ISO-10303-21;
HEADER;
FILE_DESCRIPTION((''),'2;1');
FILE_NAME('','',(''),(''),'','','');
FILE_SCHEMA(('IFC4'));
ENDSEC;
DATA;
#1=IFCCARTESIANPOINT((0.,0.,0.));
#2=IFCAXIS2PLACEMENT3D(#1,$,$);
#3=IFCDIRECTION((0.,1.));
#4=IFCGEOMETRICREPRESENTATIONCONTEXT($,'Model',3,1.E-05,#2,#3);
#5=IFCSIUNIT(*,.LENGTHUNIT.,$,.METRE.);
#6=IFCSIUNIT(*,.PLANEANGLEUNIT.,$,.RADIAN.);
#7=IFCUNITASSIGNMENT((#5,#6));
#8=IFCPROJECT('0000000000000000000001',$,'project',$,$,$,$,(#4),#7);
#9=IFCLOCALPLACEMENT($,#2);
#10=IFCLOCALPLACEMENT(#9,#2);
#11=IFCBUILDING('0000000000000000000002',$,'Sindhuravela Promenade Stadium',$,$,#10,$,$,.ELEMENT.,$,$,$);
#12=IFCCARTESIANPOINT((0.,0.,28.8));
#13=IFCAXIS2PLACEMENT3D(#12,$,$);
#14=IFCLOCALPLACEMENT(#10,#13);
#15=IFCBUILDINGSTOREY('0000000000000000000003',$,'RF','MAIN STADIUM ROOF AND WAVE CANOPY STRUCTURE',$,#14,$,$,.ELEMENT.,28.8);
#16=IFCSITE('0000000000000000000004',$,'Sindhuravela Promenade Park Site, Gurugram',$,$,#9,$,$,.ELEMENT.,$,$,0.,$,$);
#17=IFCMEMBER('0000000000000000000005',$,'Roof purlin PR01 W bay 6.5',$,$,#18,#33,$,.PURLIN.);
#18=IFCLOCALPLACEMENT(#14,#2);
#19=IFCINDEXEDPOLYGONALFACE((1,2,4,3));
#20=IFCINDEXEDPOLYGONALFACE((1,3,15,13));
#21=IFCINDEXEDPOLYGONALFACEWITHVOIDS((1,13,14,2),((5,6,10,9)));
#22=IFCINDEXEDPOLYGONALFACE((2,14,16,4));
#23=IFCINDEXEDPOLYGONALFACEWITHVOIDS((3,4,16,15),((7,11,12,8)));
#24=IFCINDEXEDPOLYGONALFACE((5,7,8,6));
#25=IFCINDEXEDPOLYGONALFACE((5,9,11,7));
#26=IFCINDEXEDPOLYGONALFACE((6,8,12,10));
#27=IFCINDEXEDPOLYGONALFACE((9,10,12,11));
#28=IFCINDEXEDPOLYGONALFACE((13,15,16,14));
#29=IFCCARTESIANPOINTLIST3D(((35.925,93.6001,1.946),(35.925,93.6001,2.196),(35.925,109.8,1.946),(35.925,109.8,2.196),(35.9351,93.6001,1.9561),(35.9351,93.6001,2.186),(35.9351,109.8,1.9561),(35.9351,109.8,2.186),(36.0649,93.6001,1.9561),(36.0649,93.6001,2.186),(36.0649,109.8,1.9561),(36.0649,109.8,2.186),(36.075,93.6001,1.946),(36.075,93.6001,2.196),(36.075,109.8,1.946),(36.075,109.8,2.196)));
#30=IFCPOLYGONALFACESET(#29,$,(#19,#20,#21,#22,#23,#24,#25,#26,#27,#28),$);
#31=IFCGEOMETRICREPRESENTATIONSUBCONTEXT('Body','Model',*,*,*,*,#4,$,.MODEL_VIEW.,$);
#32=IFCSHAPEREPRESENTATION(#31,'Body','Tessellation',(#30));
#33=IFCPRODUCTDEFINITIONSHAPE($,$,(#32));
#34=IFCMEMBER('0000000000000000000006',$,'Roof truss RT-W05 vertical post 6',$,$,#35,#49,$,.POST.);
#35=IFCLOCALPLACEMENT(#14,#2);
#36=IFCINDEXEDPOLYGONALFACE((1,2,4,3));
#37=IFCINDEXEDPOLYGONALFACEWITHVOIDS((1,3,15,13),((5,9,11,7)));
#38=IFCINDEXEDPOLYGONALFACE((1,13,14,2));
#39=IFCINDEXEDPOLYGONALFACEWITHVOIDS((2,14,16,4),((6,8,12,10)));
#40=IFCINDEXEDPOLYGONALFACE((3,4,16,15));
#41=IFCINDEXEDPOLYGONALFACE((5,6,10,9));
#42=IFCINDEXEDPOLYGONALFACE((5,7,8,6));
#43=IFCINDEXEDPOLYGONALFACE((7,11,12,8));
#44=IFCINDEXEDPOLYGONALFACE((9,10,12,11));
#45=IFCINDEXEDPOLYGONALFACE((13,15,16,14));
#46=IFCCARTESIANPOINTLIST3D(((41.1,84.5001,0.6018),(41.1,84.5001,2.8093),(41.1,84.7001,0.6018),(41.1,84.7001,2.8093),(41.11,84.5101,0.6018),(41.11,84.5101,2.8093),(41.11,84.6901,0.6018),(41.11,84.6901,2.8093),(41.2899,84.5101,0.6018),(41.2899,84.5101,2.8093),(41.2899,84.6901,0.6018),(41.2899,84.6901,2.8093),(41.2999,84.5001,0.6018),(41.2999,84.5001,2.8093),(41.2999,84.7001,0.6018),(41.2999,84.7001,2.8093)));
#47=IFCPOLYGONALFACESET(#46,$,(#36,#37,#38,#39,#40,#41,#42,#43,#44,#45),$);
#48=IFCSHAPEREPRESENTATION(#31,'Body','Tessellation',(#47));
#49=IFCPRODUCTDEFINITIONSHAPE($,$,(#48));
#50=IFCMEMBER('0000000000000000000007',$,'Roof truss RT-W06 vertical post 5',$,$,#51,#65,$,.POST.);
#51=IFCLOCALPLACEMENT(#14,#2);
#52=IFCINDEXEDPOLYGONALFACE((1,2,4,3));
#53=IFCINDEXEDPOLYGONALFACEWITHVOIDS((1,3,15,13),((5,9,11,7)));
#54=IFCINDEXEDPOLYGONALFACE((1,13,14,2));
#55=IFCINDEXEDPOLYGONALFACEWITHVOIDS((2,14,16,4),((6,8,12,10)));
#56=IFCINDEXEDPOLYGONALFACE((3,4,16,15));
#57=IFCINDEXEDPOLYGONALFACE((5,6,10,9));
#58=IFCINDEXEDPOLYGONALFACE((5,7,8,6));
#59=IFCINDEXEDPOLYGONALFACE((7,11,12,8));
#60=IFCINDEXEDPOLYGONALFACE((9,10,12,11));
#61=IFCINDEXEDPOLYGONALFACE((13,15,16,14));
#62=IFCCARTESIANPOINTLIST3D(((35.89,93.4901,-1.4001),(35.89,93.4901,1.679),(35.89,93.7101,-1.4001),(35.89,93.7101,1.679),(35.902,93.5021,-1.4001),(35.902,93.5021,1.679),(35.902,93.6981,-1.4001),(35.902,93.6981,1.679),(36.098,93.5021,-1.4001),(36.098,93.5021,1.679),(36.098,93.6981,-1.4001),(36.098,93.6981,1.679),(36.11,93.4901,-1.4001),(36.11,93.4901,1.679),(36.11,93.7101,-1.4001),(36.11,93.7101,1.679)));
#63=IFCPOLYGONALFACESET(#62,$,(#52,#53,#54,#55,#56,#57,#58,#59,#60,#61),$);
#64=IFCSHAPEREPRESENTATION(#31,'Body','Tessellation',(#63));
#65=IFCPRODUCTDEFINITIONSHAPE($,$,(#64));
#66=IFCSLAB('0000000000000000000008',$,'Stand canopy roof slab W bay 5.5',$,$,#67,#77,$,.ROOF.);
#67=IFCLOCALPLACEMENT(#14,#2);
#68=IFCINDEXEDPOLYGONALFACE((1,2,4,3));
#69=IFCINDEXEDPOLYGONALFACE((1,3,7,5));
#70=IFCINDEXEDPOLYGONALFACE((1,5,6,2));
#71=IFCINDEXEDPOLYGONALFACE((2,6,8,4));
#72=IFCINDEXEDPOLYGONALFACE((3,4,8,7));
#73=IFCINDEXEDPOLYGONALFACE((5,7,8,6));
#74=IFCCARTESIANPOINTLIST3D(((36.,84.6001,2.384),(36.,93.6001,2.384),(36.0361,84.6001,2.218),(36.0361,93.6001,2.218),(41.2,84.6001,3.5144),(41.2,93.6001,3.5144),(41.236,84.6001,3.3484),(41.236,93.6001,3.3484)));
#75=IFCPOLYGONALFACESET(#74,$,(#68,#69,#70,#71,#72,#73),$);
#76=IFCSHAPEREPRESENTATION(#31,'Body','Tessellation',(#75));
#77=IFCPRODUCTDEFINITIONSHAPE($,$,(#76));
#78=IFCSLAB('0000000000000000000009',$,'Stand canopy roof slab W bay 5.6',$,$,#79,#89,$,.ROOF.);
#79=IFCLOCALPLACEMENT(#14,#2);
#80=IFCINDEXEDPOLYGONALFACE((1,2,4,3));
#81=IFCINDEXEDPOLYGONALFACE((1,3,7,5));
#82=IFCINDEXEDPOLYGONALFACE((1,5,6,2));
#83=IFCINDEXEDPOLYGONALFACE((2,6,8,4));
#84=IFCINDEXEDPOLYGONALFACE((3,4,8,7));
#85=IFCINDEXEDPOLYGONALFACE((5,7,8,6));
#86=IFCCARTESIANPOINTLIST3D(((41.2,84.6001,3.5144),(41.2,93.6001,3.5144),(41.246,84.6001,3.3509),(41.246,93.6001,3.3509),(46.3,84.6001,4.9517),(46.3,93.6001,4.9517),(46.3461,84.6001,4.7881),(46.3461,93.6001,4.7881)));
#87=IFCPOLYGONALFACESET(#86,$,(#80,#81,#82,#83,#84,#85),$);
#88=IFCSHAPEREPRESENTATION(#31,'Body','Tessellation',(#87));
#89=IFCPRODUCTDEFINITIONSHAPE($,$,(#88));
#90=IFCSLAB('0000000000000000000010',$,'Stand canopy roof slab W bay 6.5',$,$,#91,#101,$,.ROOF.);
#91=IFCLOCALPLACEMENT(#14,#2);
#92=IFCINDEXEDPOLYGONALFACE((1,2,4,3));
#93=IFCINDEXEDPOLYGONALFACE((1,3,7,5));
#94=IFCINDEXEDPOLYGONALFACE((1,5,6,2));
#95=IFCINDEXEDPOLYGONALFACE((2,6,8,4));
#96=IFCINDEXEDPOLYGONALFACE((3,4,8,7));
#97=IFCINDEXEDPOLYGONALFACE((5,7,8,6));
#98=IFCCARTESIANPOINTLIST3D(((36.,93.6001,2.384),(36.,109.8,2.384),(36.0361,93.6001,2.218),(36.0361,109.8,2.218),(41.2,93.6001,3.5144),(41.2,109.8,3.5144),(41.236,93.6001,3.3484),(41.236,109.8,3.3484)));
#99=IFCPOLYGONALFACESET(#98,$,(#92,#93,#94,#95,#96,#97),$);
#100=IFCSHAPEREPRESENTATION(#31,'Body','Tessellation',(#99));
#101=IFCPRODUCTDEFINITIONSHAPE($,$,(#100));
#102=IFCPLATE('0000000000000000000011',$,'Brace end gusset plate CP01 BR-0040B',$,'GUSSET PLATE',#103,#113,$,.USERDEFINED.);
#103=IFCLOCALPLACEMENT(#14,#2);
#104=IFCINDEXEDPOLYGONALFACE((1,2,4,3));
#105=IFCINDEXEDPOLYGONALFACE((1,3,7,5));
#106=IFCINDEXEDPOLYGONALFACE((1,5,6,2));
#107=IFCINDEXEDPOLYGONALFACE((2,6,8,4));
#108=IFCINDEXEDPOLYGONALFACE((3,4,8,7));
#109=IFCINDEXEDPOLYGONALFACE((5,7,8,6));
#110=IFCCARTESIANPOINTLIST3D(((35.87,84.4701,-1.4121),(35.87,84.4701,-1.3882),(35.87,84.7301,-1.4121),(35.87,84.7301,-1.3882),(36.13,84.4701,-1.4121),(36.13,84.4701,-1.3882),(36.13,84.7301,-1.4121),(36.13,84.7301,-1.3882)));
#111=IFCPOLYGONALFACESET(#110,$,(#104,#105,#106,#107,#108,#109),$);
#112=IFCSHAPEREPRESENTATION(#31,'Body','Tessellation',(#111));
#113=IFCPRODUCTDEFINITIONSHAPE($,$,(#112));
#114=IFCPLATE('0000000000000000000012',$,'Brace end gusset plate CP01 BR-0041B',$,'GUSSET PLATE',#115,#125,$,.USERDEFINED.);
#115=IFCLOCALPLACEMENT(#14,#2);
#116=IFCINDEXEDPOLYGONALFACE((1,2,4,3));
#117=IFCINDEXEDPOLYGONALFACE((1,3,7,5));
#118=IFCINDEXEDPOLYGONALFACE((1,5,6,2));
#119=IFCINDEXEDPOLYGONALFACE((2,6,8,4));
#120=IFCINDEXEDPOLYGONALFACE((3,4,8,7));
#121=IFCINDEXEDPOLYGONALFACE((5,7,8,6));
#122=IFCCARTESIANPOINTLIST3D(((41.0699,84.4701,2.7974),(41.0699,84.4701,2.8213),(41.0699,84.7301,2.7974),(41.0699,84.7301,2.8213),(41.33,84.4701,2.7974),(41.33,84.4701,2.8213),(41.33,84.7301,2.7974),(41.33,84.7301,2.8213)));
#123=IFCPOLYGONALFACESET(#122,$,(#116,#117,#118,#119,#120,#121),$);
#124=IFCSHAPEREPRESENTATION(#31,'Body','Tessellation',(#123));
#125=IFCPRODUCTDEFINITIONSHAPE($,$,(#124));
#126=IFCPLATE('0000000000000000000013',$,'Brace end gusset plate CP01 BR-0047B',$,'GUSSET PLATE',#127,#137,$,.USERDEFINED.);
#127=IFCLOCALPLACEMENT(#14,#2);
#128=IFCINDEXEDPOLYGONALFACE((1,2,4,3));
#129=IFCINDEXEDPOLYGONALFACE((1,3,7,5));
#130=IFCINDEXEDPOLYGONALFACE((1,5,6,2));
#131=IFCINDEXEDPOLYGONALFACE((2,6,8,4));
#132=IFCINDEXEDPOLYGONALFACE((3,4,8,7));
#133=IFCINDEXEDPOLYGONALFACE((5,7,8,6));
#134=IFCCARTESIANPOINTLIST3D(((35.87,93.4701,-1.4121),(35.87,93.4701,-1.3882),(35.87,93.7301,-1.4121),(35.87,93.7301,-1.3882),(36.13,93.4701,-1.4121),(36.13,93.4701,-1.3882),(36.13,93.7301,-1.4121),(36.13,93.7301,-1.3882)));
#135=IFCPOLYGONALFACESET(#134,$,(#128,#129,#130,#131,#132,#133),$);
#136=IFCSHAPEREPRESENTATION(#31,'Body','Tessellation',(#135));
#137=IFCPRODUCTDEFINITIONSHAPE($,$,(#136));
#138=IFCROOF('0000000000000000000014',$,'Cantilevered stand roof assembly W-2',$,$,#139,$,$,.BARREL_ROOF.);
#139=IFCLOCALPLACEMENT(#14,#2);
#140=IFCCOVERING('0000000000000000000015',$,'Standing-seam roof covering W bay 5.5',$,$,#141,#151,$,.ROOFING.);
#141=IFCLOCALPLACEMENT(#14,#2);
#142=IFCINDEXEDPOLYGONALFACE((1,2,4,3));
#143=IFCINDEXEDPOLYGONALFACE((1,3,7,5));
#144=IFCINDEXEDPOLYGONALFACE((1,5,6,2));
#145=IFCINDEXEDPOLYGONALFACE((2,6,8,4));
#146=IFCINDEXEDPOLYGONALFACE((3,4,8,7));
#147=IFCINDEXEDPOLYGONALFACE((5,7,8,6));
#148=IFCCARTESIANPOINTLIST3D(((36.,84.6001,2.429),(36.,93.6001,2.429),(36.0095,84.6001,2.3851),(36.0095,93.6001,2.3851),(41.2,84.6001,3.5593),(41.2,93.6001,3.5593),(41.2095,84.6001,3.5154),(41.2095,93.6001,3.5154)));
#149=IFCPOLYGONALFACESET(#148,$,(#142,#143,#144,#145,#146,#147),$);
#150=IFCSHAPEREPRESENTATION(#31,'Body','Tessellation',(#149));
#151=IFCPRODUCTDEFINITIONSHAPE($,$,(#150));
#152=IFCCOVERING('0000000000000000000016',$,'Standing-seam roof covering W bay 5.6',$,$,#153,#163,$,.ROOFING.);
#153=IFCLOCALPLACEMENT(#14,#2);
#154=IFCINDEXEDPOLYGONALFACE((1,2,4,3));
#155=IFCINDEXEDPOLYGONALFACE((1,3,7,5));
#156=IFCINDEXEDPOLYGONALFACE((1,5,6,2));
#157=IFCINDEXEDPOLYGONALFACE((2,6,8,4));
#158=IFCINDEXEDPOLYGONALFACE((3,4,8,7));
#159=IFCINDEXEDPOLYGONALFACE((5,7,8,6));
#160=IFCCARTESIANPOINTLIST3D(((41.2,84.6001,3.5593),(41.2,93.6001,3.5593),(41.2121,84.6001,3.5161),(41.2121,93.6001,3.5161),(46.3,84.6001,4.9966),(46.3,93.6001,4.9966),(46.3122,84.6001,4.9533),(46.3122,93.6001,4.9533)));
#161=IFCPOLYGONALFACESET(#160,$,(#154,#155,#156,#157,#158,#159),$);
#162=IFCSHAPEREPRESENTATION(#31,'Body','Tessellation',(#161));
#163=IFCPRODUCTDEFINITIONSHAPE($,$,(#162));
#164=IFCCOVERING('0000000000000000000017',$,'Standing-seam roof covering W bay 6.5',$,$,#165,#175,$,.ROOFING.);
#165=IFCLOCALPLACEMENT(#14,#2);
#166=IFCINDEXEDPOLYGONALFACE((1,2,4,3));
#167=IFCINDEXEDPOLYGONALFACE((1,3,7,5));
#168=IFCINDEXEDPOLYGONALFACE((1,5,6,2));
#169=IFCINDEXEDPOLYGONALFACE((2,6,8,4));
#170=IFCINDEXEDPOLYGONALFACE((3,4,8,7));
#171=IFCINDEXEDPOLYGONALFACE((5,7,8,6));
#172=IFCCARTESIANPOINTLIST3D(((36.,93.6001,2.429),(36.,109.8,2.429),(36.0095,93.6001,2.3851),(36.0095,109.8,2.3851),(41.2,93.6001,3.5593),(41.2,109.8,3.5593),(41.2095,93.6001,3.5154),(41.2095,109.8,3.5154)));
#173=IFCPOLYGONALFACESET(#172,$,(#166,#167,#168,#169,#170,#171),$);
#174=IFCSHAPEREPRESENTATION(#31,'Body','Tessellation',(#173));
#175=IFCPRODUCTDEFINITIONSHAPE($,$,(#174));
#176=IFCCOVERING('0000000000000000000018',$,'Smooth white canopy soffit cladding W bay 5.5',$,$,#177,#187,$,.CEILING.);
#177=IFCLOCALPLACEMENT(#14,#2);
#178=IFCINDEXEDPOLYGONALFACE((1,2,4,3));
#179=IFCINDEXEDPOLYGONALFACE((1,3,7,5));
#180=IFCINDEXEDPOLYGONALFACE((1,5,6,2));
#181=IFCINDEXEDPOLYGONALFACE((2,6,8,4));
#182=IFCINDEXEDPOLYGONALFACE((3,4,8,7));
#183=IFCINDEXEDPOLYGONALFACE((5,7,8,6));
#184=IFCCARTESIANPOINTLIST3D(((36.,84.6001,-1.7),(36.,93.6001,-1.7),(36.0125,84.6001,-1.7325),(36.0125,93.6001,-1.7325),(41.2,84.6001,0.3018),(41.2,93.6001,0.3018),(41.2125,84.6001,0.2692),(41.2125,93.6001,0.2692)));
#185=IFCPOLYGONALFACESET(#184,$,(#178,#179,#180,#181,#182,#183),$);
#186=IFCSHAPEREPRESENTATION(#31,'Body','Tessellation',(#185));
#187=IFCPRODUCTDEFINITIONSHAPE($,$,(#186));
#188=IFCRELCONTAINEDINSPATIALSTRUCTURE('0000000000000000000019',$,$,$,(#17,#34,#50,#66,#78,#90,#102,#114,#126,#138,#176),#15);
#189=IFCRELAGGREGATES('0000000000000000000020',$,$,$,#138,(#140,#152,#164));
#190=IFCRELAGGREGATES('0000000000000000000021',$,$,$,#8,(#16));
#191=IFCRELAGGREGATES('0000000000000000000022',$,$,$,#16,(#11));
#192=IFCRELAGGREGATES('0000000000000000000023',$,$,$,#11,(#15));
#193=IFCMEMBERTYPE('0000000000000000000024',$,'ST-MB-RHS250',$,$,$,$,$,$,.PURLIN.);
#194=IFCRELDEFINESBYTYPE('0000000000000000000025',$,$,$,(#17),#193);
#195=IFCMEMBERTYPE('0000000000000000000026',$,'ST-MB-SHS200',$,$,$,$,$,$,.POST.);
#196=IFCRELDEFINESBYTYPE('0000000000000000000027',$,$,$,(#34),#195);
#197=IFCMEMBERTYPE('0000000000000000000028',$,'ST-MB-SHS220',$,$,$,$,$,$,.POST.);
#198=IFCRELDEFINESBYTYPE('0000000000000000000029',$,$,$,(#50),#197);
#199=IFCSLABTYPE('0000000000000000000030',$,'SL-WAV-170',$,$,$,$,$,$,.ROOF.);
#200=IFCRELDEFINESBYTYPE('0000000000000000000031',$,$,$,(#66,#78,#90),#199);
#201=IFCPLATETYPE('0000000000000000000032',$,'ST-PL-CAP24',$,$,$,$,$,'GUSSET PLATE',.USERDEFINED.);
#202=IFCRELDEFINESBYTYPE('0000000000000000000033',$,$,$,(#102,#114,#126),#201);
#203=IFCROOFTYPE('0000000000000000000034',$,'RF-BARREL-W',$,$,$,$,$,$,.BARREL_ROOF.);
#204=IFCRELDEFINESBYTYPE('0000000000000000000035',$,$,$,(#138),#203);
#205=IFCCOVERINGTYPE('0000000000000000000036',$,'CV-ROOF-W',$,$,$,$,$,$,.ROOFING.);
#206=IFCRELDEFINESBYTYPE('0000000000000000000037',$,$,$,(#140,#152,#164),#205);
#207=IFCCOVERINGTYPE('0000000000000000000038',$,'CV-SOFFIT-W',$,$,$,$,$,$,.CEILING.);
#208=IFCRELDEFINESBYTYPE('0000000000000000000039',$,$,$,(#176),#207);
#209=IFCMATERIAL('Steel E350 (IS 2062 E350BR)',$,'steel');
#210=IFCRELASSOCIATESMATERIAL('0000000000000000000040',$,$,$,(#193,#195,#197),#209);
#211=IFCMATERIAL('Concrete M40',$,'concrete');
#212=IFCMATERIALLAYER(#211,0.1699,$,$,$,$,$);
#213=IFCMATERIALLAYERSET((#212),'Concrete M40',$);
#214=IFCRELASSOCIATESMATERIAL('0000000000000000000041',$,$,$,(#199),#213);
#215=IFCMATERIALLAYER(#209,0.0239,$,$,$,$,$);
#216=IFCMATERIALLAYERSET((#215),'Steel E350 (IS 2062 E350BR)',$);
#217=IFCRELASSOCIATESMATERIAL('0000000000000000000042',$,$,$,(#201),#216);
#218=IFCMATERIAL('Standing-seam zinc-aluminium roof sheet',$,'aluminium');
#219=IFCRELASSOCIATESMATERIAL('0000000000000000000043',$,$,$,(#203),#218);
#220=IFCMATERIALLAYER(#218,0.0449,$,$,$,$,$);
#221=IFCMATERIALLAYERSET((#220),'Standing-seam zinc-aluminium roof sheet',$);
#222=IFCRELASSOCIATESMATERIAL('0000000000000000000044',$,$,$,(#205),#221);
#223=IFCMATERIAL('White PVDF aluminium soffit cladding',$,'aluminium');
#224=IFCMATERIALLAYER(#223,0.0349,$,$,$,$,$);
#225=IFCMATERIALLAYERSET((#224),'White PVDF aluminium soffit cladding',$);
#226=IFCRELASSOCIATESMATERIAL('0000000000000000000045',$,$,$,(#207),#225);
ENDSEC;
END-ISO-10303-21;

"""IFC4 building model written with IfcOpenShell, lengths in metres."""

from ifc_helpers import new_model, si_unit, direction, frame, origin, origin_2d, place, context, subcontext, project, spatial, polyline, rectangle, hollow_rectangle, outline, extrude, material, layer, layer_set, material_profile, profile_set, type_object, element, aggregate, save


model = new_model("IFC4")

# Units and contexts
model_context = context("Model", 3, precision=1e-05, world=origin(), true_north=direction((0.0, 1.0)))
body_context = subcontext(model_context, "Body", "Model", "MODEL_VIEW")
ifc_project = project(units=[si_unit("LENGTHUNIT", "METRE"), si_unit("PLANEANGLEUNIT", "RADIAN")], contexts=[model_context])

# Site, building, storey
site_placement = place(None, origin())
site = spatial("IfcSite", under=ifc_project, at=site_placement, Name="Sindhuravela Promenade Park Site, Gurugram", CompositionType="ELEMENT", RefElevation=0.0)
building_placement = place(site_placement, origin())
building = spatial("IfcBuilding", under=site, at=building_placement, Name="Sindhuravela Promenade Stadium", CompositionType="ELEMENT")
storey_placement = place(building_placement, frame((0.0, 0.0, 28.8)))
storey = spatial("IfcBuildingStorey", under=building, at=storey_placement, Name="RF", Description="MAIN STADIUM ROOF AND WAVE CANOPY STRUCTURE", CompositionType="ELEMENT", Elevation=28.8)

# Shared definitions
ifc_material_1 = material(Name="Concrete M40", Category="concrete")
ifc_material_2 = material(Name="Steel E350 (IS 2062 E350BR)", Category="steel")

# Members
ifc_material_profile_1 = material_profile(ifc_material_2, hollow_rectangle(XDim=0.1499, YDim=0.25, WallThickness=0.01, at=origin_2d()), Name="RHS 250x150x10")
ifc_profile_set_1 = profile_set([ifc_material_profile_1], Name="Steel E350 (IS 2062 E350BR)")
member_type_1 = type_object("IfcMemberType", Name="ST-MB-RHS250", PredefinedType="PURLIN", material=ifc_profile_set_1)
member_1_placement = place(storey_placement, frame((36.0, 93.6001, 2.071), z_axis=(0.0, 1.0, 0.0), x_axis=(-1.0, 0.0, 0.0)))
element("IfcMember", 1, at=member_1_placement, inside=storey, type_object=member_type_1, Name="Roof purlin PR01 W bay 6.5", PredefinedType="PURLIN", context=body_context, shape_type="SweptSolid", body=[
    extrude(hollow_rectangle(XDim=0.1499, YDim=0.25, WallThickness=0.01, at=origin_2d()), origin(), (0.0, 0.0, 1.0), 16.2),
])
ifc_material_profile_2 = material_profile(ifc_material_2, hollow_rectangle(XDim=0.2, YDim=0.2, WallThickness=0.01, at=origin_2d()), Name="SHS 200x200x10")
ifc_profile_set_2 = profile_set([ifc_material_profile_2], Name="Steel E350 (IS 2062 E350BR)")
member_type_2 = type_object("IfcMemberType", Name="ST-MB-SHS200", PredefinedType="POST", material=ifc_profile_set_2)
member_2_placement = place(storey_placement, frame((41.2, 84.6001, 0.6018), z_axis=(0.0, 0.0, 1.0), x_axis=(1.0, 0.0, 0.0)))
element("IfcMember", 2, at=member_2_placement, inside=storey, type_object=member_type_2, Name="Roof truss RT-W05 vertical post 6", PredefinedType="POST", context=body_context, shape_type="SweptSolid", body=[
    extrude(hollow_rectangle(XDim=0.2, YDim=0.2, WallThickness=0.01, at=origin_2d()), origin(), (0.0, 0.0, 1.0), 2.2075),
])
ifc_material_profile_3 = material_profile(ifc_material_2, hollow_rectangle(XDim=0.22, YDim=0.22, WallThickness=0.012, at=origin_2d()), Name="SHS 220x220x12")
ifc_profile_set_3 = profile_set([ifc_material_profile_3], Name="Steel E350 (IS 2062 E350BR)")
member_type_3 = type_object("IfcMemberType", Name="ST-MB-SHS220", PredefinedType="POST", material=ifc_profile_set_3)
member_3_placement = place(storey_placement, frame((36.0, 93.6001, -1.4001), z_axis=(0.0, 0.0, 1.0), x_axis=(1.0, 0.0, 0.0)))
element("IfcMember", 3, at=member_3_placement, inside=storey, type_object=member_type_3, Name="Roof truss RT-W06 vertical post 5", PredefinedType="POST", context=body_context, shape_type="SweptSolid", body=[
    extrude(hollow_rectangle(XDim=0.22, YDim=0.22, WallThickness=0.012, at=origin_2d()), origin(), (0.0, 0.0, 1.0), 3.0791),
])

# Slabs
ifc_layer_1 = layer(ifc_material_1, 0.1699)
ifc_layer_set_1 = layer_set([ifc_layer_1], Name="Concrete M40")
slab_type = type_object("IfcSlabType", Name="SL-WAV-170", PredefinedType="ROOF", material=ifc_layer_set_1)
slab_1_placement = place(storey_placement, frame((36.0, 84.6001, 2.384), z_axis=(-0.21242, 0.0, 0.977178), x_axis=(0.0, 1.0, 0.0)))
element("IfcSlab", 4, at=slab_1_placement, inside=storey, type_object=slab_type, Name="Stand canopy roof slab W bay 5.5", PredefinedType="ROOF", context=body_context, shape_type="SweptSolid", body=[
    extrude(outline(polyline([(0.0, 0.0), (0.0, -5.3214), (9.0, -5.3214), (9.0, 0.0), (0.0, 0.0)])), origin(), (0.0, 0.0, -1.0), 0.1699),
])
slab_2_placement = place(storey_placement, frame((41.2, 84.6001, 3.5144), z_axis=(-0.271245, 0.0, 0.96251), x_axis=(0.0, 1.0, 0.0)))
element("IfcSlab", 5, at=slab_2_placement, inside=storey, type_object=slab_type, Name="Stand canopy roof slab W bay 5.6", PredefinedType="ROOF", context=body_context, shape_type="SweptSolid", body=[
    extrude(outline(polyline([(0.0, 0.0), (0.0, -5.2987), (9.0, -5.2987), (9.0, 0.0), (0.0, 0.0)])), origin(), (0.0, 0.0, -1.0), 0.1699),
])
slab_3_placement = place(storey_placement, frame((36.0, 93.6001, 2.384), z_axis=(-0.21242, 0.0, 0.977178), x_axis=(0.0, 1.0, 0.0)))
element("IfcSlab", 6, at=slab_3_placement, inside=storey, type_object=slab_type, Name="Stand canopy roof slab W bay 6.5", PredefinedType="ROOF", context=body_context, shape_type="SweptSolid", body=[
    extrude(outline(polyline([(0.0, 0.0), (0.0, -5.3214), (16.2, -5.3214), (16.2, 0.0), (0.0, 0.0)])), origin(), (0.0, 0.0, -1.0), 0.1699),
])

# Plates
ifc_layer_2 = layer(ifc_material_2, 0.0239)
ifc_layer_set_2 = layer_set([ifc_layer_2], Name="Steel E350 (IS 2062 E350BR)")
plate_type = type_object("IfcPlateType", Name="ST-PL-CAP24", ElementType="GUSSET PLATE", PredefinedType="USERDEFINED", material=ifc_layer_set_2)
for number, where, z_axis, x_axis, name in (
    (7, (36.0, 84.6001, -1.4121), (0.0, 0.0, 1.0), (1.0, 0.0, 0.0), "Brace end gusset plate CP01 BR-0040B"),
    (8, (41.2, 84.6001, 2.7974), (0.0, 0.0, 1.0), (1.0, 0.0, 0.0), "Brace end gusset plate CP01 BR-0041B"),
    (9, (36.0, 93.6001, -1.4121), (0.0, 0.0, 1.0), (1.0, 0.0, 0.0), "Brace end gusset plate CP01 BR-0047B"),
):
    element("IfcPlate", number, at=place(storey_placement, frame(where, z_axis=z_axis, x_axis=x_axis)), inside=storey, type_object=plate_type, Name=name, ObjectType="GUSSET PLATE", PredefinedType="USERDEFINED", context=body_context, shape_type="SweptSolid", body=[
        extrude(rectangle(XDim=0.26, YDim=0.26, at=origin_2d()), origin(), (0.0, 0.0, 1.0), 0.0239),
    ])

# Roof, coverings
ifc_material_3 = material(Name="Standing-seam zinc-aluminium roof sheet", Category="aluminium")
roof_type = type_object("IfcRoofType", Name="RF-BARREL-W", PredefinedType="BARREL_ROOF", material=ifc_material_3)
roof_placement = place(storey_placement, origin())
roof = element("IfcRoof", 10, at=roof_placement, inside=storey, type_object=roof_type, Name="Cantilevered stand roof assembly W-2", PredefinedType="BARREL_ROOF")
ifc_layer_3 = layer(ifc_material_3, 0.0449)
ifc_layer_set_3 = layer_set([ifc_layer_3], Name="Standing-seam zinc-aluminium roof sheet")
covering_type_1 = type_object("IfcCoveringType", Name="CV-ROOF-W", PredefinedType="ROOFING", material=ifc_layer_set_3)
covering_1_placement = place(storey_placement, frame((36.0, 84.6001, 2.429), z_axis=(-0.21242, 0.0, 0.977178), x_axis=(0.0, 1.0, 0.0)))
covering_1 = element("IfcCovering", 11, at=covering_1_placement, type_object=covering_type_1, Name="Standing-seam roof covering W bay 5.5", PredefinedType="ROOFING", context=body_context, shape_type="SweptSolid", body=[
    extrude(outline(polyline([(0.0, 0.0), (0.0, -5.3214), (9.0, -5.3214), (9.0, 0.0), (0.0, 0.0)])), origin(), (0.0, 0.0, -1.0), 0.0449),
])
covering_2_placement = place(storey_placement, frame((41.2, 84.6001, 3.5593), z_axis=(-0.271245, 0.0, 0.96251), x_axis=(0.0, 1.0, 0.0)))
covering_2 = element("IfcCovering", 12, at=covering_2_placement, type_object=covering_type_1, Name="Standing-seam roof covering W bay 5.6", PredefinedType="ROOFING", context=body_context, shape_type="SweptSolid", body=[
    extrude(outline(polyline([(0.0, 0.0), (0.0, -5.2987), (9.0, -5.2987), (9.0, 0.0), (0.0, 0.0)])), origin(), (0.0, 0.0, -1.0), 0.0449),
])
covering_3_placement = place(storey_placement, frame((36.0, 93.6001, 2.429), z_axis=(-0.21242, 0.0, 0.977178), x_axis=(0.0, 1.0, 0.0)))
covering_3 = element("IfcCovering", 13, at=covering_3_placement, type_object=covering_type_1, Name="Standing-seam roof covering W bay 6.5", PredefinedType="ROOFING", context=body_context, shape_type="SweptSolid", body=[
    extrude(outline(polyline([(0.0, 0.0), (0.0, -5.3214), (16.2, -5.3214), (16.2, 0.0), (0.0, 0.0)])), origin(), (0.0, 0.0, -1.0), 0.0449),
])
aggregate(roof, [covering_1, covering_2, covering_3])

# Covering
ifc_material_4 = material(Name="White PVDF aluminium soffit cladding", Category="aluminium")
ifc_layer_4 = layer(ifc_material_4, 0.0349)
ifc_layer_set_4 = layer_set([ifc_layer_4], Name="White PVDF aluminium soffit cladding")
covering_type_2 = type_object("IfcCoveringType", Name="CV-SOFFIT-W", PredefinedType="CEILING", material=ifc_layer_set_4)
covering_4_placement = place(storey_placement, frame((36.0, 84.6001, -1.7), z_axis=(-0.359249, 0.0, 0.933242), x_axis=(0.0, 1.0, 0.0)))
element("IfcCovering", 14, at=covering_4_placement, inside=storey, type_object=covering_type_2, Name="Smooth white canopy soffit cladding W bay 5.5", PredefinedType="CEILING", context=body_context, shape_type="SweptSolid", body=[
    extrude(outline(polyline([(0.0, 0.0), (0.0, -5.5719), (9.0, -5.5719), (9.0, 0.0), (0.0, 0.0)])), origin(), (0.0, 0.0, -1.0), 0.0349),
])

save(model, "model.ifc")
